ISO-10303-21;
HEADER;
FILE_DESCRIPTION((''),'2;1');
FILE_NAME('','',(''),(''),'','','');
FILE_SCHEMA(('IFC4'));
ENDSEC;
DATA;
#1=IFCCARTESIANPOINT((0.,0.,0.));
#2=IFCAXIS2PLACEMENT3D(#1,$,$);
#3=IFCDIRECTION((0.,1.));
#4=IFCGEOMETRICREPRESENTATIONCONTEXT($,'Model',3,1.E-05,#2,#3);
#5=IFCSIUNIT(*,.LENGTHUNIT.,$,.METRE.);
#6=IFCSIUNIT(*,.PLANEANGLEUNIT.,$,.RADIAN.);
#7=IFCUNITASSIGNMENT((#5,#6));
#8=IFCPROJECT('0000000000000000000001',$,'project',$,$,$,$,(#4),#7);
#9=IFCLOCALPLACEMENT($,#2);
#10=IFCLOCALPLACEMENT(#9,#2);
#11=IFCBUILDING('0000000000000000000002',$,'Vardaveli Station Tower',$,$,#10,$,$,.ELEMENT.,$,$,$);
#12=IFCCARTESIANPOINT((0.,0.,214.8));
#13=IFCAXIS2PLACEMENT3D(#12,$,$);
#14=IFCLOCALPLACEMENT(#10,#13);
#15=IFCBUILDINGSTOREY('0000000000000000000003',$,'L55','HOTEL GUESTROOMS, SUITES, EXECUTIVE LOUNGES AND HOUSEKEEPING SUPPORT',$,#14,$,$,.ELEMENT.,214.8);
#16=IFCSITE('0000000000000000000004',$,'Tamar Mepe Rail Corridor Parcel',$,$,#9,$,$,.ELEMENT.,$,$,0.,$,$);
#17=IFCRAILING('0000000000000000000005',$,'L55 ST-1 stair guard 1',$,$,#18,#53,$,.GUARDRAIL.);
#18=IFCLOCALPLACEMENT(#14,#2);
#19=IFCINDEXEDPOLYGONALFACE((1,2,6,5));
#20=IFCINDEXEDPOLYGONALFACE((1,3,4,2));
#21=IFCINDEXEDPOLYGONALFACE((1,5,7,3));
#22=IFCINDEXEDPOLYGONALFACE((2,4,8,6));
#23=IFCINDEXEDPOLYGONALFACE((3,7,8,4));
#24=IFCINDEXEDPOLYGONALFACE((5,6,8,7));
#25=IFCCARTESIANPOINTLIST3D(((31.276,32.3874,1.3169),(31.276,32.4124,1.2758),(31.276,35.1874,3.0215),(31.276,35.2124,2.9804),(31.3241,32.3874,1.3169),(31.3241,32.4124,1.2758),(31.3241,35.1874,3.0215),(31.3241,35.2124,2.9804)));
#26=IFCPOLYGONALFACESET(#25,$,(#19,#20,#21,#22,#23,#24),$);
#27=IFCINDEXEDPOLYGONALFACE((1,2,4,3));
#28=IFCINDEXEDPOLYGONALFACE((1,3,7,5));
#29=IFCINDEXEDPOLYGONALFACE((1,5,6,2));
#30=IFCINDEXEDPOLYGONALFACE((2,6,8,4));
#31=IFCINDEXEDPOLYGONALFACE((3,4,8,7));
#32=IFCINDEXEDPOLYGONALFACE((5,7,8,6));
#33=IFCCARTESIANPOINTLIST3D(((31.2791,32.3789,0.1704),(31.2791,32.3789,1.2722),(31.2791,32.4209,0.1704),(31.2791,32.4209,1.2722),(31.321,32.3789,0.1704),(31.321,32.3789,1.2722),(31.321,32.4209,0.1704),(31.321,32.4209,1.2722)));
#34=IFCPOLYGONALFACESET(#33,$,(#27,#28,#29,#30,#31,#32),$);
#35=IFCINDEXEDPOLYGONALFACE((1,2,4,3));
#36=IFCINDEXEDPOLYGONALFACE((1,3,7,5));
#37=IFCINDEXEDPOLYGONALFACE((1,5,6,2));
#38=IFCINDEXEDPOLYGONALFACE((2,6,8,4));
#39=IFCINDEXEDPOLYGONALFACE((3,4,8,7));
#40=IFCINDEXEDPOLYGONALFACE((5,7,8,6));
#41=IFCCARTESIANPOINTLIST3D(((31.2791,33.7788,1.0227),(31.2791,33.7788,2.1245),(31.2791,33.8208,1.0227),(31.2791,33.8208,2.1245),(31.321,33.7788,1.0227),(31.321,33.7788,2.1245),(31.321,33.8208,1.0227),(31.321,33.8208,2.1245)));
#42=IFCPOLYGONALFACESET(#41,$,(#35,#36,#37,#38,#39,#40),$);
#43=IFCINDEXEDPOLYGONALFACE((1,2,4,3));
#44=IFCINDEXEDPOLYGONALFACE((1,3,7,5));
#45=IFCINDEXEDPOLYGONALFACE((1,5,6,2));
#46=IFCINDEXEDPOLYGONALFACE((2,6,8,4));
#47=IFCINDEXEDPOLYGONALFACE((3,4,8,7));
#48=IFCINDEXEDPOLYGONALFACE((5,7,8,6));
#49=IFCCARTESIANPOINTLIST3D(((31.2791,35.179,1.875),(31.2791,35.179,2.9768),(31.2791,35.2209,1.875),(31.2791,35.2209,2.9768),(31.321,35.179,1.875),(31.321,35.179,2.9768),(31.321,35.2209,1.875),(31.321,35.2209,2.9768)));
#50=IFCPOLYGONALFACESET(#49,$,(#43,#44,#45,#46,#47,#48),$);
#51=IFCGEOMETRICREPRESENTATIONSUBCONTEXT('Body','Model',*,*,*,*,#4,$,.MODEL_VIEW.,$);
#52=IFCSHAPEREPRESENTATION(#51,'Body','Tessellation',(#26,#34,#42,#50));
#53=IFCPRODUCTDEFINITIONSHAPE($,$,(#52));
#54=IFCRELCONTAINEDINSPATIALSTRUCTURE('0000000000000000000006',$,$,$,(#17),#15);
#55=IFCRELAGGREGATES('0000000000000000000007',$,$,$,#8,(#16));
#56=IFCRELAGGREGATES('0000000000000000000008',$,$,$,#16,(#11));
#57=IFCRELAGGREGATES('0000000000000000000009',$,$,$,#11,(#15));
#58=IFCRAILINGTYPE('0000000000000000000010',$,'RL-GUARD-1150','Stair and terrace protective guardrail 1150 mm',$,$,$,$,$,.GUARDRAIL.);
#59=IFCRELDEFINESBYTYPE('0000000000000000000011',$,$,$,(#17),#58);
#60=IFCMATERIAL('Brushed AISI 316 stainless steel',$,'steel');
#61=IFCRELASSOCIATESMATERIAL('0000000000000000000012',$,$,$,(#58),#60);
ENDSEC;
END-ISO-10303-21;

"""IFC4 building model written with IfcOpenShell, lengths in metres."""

from ifc_helpers import new_model, si_unit, direction, frame, origin, origin_2d, place, context, subcontext, project, spatial, rectangle, extrude, source, transform, mapped, material, type_object, element, save


model = new_model("IFC4")

# Units and contexts
model_context = context("Model", 3, precision=1e-05, world=origin(), true_north=direction((0.0, 1.0)))
body_context = subcontext(model_context, "Body", "Model", "MODEL_VIEW")
ifc_project = project(units=[si_unit("LENGTHUNIT", "METRE"), si_unit("PLANEANGLEUNIT", "RADIAN")], contexts=[model_context])

# Site, building, storey
site_placement = place(None, origin())
site = spatial("IfcSite", under=ifc_project, at=site_placement, Name="Tamar Mepe Rail Corridor Parcel", CompositionType="ELEMENT", RefElevation=0.0)
building_placement = place(site_placement, origin())
building = spatial("IfcBuilding", under=site, at=building_placement, Name="Vardaveli Station Tower", CompositionType="ELEMENT")
storey_placement = place(building_placement, frame((0.0, 0.0, 214.8)))
storey = spatial("IfcBuildingStorey", under=building, at=storey_placement, Name="L55", Description="HOTEL GUESTROOMS, SUITES, EXECUTIVE LOUNGES AND HOUSEKEEPING SUPPORT", CompositionType="ELEMENT", Elevation=214.8)

# Railing
ifc_material_1 = material(Name="Brushed AISI 316 stainless steel", Category="steel")
railing_type = type_object("IfcRailingType", Name="RL-GUARD-1150", Description="Stair and terrace protective guardrail 1150 mm", PredefinedType="GUARDRAIL", material=ifc_material_1)
shared_shape_1 = source(origin(), body_context, "Body", "SweptSolid", [
    extrude(rectangle(XDim=0.0481, YDim=0.0481, at=origin_2d()), frame((0.0, 0.0, 1.126), z_axis=(0.0, 0.85417, 0.519994), x_axis=(-1.0, 0.0, 0.0)), (0.0, 0.0, 1.0), 3.2781),
    extrude(rectangle(XDim=0.042, YDim=0.042, at=origin_2d()), origin(), (0.0, 0.0, 1.0), 1.1018),
    extrude(rectangle(XDim=0.042, YDim=0.042, at=origin_2d()), frame((0.0, 1.3999, 0.8523)), (0.0, 0.0, 1.0), 1.1018),
    extrude(rectangle(XDim=0.042, YDim=0.042, at=origin_2d()), frame((0.0, 2.8, 1.7046)), (0.0, 0.0, 1.0), 1.1018),
])
railing_1_placement = place(storey_placement, frame((31.3, 32.3999, 0.1704)))
element("IfcRailing", 1, at=railing_1_placement, inside=storey, type_object=railing_type, Name="L55 ST-1 stair guard 1", PredefinedType="GUARDRAIL", context=body_context, shape_type="MappedRepresentation", body=[
    mapped(shared_shape_1, transform((0.0, 0.0, 0.0), scale=1.0)),
])

save(model, "model.ifc")
